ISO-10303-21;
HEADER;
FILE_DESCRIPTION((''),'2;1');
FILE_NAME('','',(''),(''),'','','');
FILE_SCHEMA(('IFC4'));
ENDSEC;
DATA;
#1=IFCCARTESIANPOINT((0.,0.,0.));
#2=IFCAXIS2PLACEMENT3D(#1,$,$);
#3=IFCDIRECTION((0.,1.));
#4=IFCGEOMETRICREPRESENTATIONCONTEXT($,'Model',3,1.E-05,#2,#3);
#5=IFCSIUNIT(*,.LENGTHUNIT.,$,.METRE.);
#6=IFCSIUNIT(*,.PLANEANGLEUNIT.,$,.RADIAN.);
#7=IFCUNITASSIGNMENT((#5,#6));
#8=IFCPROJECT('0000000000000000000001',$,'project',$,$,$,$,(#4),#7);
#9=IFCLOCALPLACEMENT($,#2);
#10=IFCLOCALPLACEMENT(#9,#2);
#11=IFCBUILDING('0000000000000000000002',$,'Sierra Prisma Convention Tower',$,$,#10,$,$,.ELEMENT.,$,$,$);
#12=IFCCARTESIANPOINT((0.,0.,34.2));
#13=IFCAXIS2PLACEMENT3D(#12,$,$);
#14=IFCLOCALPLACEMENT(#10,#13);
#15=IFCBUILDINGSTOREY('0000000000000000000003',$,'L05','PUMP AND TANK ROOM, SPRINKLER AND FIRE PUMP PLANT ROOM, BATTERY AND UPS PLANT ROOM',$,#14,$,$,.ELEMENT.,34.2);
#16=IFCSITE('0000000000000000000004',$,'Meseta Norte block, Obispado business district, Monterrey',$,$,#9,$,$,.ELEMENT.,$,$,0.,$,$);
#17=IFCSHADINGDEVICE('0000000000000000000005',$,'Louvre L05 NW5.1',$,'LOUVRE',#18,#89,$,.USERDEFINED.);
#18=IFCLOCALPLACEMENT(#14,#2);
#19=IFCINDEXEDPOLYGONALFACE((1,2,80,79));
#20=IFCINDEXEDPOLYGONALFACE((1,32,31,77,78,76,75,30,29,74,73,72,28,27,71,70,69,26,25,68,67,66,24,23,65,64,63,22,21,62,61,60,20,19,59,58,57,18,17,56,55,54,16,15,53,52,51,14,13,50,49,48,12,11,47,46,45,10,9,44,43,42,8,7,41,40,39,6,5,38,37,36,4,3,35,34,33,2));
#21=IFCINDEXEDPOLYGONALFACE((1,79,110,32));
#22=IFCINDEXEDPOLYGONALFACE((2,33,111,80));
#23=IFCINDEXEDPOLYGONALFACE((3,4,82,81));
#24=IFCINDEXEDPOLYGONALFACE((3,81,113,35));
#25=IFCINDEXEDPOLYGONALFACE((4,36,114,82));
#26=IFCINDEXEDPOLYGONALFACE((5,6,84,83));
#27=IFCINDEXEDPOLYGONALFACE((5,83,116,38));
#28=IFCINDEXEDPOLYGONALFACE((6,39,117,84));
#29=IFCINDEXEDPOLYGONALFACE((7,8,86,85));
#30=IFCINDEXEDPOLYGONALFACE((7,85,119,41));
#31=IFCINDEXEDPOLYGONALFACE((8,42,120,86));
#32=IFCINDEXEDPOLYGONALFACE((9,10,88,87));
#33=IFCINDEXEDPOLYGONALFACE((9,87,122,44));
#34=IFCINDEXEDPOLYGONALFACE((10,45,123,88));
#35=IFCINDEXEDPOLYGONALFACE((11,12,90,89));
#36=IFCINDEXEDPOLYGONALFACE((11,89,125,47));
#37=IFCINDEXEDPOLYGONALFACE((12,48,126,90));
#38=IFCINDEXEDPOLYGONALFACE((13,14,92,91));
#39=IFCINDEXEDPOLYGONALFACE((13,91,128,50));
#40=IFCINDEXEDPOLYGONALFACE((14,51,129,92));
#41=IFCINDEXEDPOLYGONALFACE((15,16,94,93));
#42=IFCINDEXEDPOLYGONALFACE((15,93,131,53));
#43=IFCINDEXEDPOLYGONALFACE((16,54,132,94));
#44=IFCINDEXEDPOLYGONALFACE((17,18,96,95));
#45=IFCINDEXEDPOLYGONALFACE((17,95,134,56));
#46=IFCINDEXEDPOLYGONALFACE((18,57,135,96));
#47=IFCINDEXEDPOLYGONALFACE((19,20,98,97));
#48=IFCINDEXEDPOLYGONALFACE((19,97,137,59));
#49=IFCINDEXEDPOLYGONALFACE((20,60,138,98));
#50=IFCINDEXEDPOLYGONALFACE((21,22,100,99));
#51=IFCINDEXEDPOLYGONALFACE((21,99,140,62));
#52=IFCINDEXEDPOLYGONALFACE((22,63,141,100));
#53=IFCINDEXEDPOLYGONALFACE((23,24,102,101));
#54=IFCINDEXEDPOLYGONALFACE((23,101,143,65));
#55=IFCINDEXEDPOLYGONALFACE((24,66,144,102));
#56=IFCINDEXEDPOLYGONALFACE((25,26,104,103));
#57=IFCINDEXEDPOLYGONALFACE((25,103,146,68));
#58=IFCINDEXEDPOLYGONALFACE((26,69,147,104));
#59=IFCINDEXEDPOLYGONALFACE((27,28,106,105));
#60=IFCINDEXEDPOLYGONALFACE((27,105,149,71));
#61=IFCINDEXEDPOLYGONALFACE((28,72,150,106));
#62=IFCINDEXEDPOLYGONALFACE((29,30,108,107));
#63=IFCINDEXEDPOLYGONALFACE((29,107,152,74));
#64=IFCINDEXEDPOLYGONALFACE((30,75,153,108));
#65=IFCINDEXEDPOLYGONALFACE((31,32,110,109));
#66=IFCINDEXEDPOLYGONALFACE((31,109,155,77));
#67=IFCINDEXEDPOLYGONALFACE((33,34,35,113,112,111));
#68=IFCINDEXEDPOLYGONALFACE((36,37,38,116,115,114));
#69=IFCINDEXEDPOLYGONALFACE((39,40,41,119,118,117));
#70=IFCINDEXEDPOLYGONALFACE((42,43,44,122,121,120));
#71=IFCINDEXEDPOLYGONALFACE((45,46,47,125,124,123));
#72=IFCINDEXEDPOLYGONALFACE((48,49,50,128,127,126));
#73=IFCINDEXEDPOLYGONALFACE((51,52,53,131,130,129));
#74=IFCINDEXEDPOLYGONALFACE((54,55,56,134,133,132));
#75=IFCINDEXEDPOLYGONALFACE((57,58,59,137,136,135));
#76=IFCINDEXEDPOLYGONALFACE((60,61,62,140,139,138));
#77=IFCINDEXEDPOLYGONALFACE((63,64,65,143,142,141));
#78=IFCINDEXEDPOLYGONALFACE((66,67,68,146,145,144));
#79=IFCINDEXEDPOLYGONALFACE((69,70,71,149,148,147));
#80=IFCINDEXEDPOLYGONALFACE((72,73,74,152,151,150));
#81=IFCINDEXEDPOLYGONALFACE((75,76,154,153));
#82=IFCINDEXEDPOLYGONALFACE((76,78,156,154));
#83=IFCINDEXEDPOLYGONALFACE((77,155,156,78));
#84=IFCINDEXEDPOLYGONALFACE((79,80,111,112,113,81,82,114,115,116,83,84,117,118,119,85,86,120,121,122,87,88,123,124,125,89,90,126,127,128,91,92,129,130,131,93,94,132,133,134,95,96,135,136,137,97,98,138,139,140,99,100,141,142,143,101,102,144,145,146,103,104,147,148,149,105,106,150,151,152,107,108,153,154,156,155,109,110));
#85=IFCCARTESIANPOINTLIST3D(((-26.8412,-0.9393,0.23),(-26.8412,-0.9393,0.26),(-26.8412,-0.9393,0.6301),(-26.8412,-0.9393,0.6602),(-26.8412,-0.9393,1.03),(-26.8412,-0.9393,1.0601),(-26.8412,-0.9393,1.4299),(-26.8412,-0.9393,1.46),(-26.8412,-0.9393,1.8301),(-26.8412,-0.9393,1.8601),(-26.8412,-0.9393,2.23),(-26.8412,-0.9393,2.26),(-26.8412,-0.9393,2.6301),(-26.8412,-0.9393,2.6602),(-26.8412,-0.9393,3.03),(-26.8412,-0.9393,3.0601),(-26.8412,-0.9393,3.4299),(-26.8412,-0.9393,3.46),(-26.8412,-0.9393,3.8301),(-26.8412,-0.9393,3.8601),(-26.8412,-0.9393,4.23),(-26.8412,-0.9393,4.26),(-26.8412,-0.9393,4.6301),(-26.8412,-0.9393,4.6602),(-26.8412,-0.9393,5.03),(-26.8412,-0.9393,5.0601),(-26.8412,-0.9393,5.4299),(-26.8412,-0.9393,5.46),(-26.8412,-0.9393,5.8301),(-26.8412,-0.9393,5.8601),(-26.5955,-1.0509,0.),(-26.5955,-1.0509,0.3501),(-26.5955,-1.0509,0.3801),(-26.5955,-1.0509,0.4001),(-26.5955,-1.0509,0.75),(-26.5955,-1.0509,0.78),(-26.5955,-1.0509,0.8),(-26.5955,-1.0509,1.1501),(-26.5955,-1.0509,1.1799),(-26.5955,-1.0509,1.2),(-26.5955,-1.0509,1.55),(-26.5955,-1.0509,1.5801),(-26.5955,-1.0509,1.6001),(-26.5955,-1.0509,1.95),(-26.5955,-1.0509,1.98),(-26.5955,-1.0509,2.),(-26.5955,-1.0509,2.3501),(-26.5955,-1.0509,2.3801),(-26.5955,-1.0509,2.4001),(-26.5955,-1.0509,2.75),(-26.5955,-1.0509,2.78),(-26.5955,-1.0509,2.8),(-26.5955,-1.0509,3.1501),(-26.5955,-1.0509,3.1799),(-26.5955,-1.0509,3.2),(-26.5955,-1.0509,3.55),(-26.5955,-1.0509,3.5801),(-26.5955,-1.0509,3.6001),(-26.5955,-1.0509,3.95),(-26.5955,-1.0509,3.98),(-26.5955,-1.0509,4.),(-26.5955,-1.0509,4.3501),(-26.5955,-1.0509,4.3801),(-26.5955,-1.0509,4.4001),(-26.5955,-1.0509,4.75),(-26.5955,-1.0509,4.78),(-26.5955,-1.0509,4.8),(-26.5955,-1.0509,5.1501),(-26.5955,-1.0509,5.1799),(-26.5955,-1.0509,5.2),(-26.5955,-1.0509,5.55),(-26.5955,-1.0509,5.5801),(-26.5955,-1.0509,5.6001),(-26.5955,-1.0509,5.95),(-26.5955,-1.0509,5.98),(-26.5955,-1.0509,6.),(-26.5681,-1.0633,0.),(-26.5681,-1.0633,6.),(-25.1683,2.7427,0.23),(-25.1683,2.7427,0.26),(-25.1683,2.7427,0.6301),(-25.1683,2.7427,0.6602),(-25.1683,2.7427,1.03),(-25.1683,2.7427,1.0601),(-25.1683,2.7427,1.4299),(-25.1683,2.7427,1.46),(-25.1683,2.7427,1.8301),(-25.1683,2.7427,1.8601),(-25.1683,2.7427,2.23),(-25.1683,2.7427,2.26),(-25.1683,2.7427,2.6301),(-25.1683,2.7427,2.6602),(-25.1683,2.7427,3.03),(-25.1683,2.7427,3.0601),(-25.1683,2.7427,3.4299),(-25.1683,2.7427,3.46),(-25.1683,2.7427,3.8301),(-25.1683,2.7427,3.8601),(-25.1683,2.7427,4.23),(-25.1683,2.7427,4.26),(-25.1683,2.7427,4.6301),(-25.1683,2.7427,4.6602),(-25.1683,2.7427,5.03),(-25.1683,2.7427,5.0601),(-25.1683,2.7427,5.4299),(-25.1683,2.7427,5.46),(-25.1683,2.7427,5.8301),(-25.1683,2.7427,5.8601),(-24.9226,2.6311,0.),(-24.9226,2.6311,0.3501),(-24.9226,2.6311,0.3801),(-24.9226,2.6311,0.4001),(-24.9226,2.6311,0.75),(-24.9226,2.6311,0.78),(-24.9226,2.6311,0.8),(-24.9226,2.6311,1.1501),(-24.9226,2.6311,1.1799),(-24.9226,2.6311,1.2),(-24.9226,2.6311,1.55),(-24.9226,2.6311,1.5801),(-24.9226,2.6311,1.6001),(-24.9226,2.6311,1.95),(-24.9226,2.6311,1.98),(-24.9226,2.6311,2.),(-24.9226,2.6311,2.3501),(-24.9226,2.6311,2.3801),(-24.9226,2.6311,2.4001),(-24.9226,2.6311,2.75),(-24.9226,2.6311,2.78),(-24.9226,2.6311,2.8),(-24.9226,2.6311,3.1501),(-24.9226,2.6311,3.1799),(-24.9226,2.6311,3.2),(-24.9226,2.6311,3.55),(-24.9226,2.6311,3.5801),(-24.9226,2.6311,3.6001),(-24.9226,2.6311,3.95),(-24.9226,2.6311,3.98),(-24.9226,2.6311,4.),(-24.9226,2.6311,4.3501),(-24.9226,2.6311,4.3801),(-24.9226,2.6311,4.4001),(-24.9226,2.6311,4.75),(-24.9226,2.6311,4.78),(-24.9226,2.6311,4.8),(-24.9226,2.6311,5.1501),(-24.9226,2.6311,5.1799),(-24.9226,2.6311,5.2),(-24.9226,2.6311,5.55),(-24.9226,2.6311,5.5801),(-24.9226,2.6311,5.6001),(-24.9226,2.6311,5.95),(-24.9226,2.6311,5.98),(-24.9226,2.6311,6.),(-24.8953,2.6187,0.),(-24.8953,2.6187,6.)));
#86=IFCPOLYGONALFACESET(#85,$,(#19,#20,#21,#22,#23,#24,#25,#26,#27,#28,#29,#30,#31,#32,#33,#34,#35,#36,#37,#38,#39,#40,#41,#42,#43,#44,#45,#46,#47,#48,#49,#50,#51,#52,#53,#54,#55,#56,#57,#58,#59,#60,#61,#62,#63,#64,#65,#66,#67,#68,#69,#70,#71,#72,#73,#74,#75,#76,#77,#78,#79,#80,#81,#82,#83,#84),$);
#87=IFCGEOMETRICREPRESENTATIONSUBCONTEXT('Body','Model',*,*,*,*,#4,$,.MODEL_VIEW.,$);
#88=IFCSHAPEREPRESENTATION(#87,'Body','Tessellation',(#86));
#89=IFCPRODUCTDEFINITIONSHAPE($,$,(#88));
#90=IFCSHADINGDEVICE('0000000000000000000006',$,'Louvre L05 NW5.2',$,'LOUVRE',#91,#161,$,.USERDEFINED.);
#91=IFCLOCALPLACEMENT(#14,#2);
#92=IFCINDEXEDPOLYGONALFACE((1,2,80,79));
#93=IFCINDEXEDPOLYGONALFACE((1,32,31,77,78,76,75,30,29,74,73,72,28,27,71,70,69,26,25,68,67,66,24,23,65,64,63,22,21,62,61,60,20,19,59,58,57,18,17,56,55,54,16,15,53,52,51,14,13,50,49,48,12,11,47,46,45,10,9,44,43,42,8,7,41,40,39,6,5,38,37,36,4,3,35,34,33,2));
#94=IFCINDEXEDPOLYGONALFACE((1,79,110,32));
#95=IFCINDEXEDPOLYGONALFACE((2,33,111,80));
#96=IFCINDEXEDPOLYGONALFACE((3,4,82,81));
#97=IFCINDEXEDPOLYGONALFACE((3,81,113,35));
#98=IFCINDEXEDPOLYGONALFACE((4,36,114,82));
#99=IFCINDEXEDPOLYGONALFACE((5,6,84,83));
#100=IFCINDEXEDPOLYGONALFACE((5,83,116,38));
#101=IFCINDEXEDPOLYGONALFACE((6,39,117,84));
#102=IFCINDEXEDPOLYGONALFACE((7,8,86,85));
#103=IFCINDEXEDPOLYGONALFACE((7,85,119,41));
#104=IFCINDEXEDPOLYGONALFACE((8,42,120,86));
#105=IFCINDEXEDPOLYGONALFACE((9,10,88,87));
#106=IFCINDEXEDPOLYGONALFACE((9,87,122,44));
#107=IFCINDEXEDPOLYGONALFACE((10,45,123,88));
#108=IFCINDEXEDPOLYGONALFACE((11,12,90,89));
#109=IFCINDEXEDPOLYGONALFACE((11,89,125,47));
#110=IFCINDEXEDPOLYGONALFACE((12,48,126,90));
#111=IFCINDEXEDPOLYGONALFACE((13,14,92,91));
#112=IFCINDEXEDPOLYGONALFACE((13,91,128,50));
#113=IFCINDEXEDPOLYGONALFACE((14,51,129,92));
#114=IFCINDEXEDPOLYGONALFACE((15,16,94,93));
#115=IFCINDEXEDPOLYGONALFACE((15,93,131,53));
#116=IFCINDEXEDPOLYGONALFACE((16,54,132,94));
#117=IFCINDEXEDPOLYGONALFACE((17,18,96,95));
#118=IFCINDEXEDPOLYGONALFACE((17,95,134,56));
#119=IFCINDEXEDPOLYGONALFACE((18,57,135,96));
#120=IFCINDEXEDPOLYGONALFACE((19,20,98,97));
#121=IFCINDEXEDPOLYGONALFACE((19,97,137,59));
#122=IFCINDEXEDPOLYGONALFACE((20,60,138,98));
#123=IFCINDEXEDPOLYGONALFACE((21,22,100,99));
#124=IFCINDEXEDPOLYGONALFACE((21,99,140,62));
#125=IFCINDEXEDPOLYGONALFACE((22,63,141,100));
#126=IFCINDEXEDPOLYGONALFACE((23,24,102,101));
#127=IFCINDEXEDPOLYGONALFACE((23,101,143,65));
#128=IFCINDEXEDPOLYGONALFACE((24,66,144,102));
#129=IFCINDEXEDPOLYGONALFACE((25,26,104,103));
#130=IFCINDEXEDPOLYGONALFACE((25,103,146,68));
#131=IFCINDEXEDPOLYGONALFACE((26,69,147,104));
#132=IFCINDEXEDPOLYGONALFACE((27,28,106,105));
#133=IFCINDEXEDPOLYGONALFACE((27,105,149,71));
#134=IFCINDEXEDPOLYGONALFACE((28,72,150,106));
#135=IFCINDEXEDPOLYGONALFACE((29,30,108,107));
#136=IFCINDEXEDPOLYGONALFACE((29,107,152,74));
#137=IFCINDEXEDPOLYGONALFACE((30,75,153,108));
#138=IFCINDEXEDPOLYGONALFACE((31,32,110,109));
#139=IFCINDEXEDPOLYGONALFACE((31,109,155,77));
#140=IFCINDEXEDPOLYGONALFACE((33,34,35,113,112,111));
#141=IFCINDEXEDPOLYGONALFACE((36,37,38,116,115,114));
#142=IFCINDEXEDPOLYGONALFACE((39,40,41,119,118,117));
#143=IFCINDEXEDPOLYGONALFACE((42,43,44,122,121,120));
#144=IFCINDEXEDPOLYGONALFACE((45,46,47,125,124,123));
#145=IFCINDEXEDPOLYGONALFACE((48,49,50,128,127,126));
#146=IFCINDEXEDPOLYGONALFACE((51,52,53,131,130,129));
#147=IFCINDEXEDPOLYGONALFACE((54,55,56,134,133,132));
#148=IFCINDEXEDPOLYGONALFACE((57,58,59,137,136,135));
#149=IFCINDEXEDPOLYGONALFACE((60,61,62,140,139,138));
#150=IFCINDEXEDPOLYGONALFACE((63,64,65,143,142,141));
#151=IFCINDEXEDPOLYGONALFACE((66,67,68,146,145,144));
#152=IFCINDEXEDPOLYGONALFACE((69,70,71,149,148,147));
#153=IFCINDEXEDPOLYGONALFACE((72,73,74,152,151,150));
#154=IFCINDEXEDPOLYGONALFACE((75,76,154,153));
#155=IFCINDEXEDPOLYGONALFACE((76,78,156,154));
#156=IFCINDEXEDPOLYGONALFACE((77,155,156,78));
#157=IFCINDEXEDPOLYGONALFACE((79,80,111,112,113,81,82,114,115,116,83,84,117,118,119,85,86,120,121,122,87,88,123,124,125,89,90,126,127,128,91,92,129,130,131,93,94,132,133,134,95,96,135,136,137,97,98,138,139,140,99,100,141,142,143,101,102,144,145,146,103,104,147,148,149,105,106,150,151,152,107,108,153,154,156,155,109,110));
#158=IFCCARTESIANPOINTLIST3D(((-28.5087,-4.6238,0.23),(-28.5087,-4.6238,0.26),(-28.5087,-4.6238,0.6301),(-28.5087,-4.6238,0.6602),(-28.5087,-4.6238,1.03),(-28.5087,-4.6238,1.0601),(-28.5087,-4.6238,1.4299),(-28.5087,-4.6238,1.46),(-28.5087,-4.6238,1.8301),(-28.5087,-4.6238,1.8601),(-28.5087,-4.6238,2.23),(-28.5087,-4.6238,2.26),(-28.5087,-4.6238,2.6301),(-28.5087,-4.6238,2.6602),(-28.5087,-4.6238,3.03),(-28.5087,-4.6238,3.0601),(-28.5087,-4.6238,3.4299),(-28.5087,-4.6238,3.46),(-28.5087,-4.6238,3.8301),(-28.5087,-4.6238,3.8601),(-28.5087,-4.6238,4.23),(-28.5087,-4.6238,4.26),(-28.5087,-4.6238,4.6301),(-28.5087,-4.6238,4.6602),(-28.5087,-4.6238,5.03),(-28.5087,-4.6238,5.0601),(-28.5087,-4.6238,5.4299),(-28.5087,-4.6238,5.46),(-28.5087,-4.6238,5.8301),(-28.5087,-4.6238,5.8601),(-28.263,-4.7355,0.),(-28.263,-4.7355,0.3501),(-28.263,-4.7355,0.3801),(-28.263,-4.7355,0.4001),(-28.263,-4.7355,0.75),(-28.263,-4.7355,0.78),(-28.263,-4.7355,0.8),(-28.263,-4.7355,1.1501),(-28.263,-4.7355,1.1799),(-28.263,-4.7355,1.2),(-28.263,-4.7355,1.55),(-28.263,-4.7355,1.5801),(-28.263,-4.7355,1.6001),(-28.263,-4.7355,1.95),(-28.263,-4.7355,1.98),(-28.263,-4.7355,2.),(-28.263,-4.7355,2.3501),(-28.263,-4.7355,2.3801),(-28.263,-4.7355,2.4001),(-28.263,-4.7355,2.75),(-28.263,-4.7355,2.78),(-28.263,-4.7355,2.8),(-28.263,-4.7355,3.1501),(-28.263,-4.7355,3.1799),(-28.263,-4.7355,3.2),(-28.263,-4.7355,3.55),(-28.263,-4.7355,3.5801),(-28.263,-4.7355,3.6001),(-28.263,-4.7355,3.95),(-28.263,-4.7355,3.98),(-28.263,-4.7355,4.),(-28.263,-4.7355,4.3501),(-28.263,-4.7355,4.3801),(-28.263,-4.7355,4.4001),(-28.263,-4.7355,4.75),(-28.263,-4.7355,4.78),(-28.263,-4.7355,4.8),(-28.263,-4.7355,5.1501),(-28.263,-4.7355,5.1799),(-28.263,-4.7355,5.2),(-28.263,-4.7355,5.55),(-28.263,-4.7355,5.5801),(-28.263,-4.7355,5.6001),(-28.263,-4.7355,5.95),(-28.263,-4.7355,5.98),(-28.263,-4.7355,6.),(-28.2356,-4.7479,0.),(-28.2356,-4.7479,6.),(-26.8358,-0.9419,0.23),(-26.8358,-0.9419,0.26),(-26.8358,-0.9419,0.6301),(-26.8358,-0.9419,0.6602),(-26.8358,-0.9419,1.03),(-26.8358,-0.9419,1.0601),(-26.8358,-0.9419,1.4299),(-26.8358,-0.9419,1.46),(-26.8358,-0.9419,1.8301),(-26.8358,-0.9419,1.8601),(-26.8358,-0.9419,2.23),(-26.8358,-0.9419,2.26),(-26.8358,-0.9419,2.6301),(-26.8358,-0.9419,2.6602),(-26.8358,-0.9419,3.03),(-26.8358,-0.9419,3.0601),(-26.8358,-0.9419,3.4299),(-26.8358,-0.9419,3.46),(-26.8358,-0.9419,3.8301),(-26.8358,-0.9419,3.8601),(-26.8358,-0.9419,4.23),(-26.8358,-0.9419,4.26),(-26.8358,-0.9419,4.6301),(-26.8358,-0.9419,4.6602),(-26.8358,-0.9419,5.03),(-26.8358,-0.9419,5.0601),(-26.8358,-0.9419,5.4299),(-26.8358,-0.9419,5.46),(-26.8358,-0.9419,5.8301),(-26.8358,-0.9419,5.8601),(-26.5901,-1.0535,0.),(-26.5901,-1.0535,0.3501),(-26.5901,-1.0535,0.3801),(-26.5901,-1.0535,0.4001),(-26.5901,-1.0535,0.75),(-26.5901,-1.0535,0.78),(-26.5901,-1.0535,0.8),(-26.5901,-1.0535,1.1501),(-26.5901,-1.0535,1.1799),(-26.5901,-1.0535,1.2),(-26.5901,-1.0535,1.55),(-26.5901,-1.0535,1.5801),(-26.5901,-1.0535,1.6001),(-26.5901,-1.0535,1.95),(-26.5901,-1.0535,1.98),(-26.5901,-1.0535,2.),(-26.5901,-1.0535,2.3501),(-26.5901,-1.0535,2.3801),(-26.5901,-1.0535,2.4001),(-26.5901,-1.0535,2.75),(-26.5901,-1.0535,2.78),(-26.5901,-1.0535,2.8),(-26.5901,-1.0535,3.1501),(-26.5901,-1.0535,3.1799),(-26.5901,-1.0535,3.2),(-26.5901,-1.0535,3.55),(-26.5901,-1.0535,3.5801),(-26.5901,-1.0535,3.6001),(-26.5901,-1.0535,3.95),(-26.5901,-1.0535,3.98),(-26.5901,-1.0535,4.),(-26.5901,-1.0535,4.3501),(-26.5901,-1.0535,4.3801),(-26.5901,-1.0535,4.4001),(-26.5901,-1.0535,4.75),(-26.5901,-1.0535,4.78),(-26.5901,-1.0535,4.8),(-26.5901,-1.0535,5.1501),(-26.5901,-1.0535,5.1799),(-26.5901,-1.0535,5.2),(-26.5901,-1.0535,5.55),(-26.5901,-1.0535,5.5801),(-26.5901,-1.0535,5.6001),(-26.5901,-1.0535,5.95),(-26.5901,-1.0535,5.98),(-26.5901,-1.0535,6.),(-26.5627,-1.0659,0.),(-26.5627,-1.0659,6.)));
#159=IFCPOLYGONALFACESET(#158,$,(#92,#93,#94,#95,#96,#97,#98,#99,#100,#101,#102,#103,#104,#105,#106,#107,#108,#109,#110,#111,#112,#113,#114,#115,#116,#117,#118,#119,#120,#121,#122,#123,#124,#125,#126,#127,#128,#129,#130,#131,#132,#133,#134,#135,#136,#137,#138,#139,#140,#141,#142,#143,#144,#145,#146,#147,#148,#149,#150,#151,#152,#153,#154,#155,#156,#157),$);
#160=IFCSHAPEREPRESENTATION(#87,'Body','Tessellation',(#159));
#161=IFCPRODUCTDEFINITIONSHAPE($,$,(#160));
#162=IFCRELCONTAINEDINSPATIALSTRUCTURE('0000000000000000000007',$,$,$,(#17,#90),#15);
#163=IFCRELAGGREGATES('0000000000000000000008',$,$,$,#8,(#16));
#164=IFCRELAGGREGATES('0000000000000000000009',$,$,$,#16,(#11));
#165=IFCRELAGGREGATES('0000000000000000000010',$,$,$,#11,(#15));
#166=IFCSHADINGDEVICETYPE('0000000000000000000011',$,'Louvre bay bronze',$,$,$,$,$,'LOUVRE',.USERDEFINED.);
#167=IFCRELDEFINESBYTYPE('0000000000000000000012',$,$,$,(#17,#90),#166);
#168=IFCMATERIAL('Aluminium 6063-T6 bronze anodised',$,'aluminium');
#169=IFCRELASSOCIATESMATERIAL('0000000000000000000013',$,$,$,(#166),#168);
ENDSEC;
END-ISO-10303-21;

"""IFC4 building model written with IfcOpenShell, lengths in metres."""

from ifc_helpers import new_model, si_unit, direction, frame, origin, place, context, subcontext, project, spatial, polyline, outline, extrude, material, type_object, element, save


model = new_model("IFC4")

# Units and contexts
model_context = context("Model", 3, precision=1e-05, world=origin(), true_north=direction((0.0, 1.0)))
body_context = subcontext(model_context, "Body", "Model", "MODEL_VIEW")
ifc_project = project(units=[si_unit("LENGTHUNIT", "METRE"), si_unit("PLANEANGLEUNIT", "RADIAN")], contexts=[model_context])

# Site, building, storey
site_placement = place(None, origin())
site = spatial("IfcSite", under=ifc_project, at=site_placement, Name="Meseta Norte block, Obispado business district, Monterrey", CompositionType="ELEMENT", RefElevation=0.0)
building_placement = place(site_placement, origin())
building = spatial("IfcBuilding", under=site, at=building_placement, Name="Sierra Prisma Convention Tower", CompositionType="ELEMENT")
storey_placement = place(building_placement, frame((0.0, 0.0, 34.2)))
storey = spatial("IfcBuildingStorey", under=building, at=storey_placement, Name="L05", Description="PUMP AND TANK ROOM, SPRINKLER AND FIRE PUMP PLANT ROOM, BATTERY AND UPS PLANT ROOM", CompositionType="ELEMENT", Elevation=34.2)

# Shading devices
ifc_material_1 = material(Name="Aluminium 6063-T6 bronze anodised", Category="aluminium")
shading_device_type = type_object("IfcShadingDeviceType", Name="Louvre bay bronze", ElementType="LOUVRE", PredefinedType="USERDEFINED", material=ifc_material_1)
shading_device_1_placement = place(storey_placement, frame((-24.8953, 2.6187, 0.0), z_axis=(0.413647, 0.910437, 0.0), x_axis=(0.0, 0.0, 1.0)))
element("IfcShadingDevice", 1, at=shading_device_1_placement, inside=storey, type_object=shading_device_type, Name="Louvre L05 NW5.1", ObjectType="LOUVRE", PredefinedType="USERDEFINED", context=body_context, shape_type="SweptSolid", body=[
    extrude(outline(polyline([(0.0, 0.0), (6.0, 0.0), (6.0, -0.03), (5.98, -0.03), (5.8601, -0.2999), (5.8301, -0.2999), (5.95, -0.03), (5.6001, -0.03), (5.5801, -0.03), (5.46, -0.2999), (5.4299, -0.2999), (5.55, -0.03), (5.2, -0.03), (5.1799, -0.03), (5.0601, -0.2999), (5.03, -0.2999), (5.1501, -0.03), (4.8, -0.03), (4.78, -0.03), (4.6602, -0.2999), (4.6301, -0.2999), (4.75, -0.03), (4.4001, -0.03), (4.3801, -0.03), (4.26, -0.2999), (4.23, -0.2999), (4.3501, -0.03), (4.0, -0.03), (3.98, -0.03), (3.8601, -0.2999), (3.8301, -0.2999), (3.95, -0.03), (3.6001, -0.03), (3.5801, -0.03), (3.46, -0.2999), (3.4299, -0.2999), (3.55, -0.03), (3.2, -0.03), (3.1799, -0.03), (3.0601, -0.2999), (3.03, -0.2999), (3.1501, -0.03), (2.8, -0.03), (2.78, -0.03), (2.6602, -0.2999), (2.6301, -0.2999), (2.75, -0.03), (2.4001, -0.03), (2.3801, -0.03), (2.26, -0.2999), (2.23, -0.2999), (2.3501, -0.03), (2.0, -0.03), (1.98, -0.03), (1.8601, -0.2999), (1.8301, -0.2999), (1.95, -0.03), (1.6001, -0.03), (1.5801, -0.03), (1.46, -0.2999), (1.4299, -0.2999), (1.55, -0.03), (1.2, -0.03), (1.1799, -0.03), (1.0601, -0.2999), (1.03, -0.2999), (1.1501, -0.03), (0.8, -0.03), (0.78, -0.03), (0.6602, -0.2999), (0.6301, -0.2999), (0.75, -0.03), (0.4001, -0.03), (0.3801, -0.03), (0.26, -0.2999), (0.23, -0.2999), (0.3501, -0.03), (0.0, -0.03), (0.0, 0.0)])), origin(), (0.0, 0.0, -1.0), 4.0442),
])
shading_device_2_placement = place(storey_placement, frame((-26.5627, -1.0659, 0.0), z_axis=(0.413647, 0.910437, 0.0), x_axis=(0.0, 0.0, 1.0)))
element("IfcShadingDevice", 2, at=shading_device_2_placement, inside=storey, type_object=shading_device_type, Name="Louvre L05 NW5.2", ObjectType="LOUVRE", PredefinedType="USERDEFINED", context=body_context, shape_type="SweptSolid", body=[
    extrude(outline(polyline([(0.0, 0.0), (6.0, 0.0), (6.0, -0.03), (5.98, -0.03), (5.8601, -0.2999), (5.8301, -0.2999), (5.95, -0.03), (5.6001, -0.03), (5.5801, -0.03), (5.46, -0.2999), (5.4299, -0.2999), (5.55, -0.03), (5.2, -0.03), (5.1799, -0.03), (5.0601, -0.2999), (5.03, -0.2999), (5.1501, -0.03), (4.8, -0.03), (4.78, -0.03), (4.6602, -0.2999), (4.6301, -0.2999), (4.75, -0.03), (4.4001, -0.03), (4.3801, -0.03), (4.26, -0.2999), (4.23, -0.2999), (4.3501, -0.03), (4.0, -0.03), (3.98, -0.03), (3.8601, -0.2999), (3.8301, -0.2999), (3.95, -0.03), (3.6001, -0.03), (3.5801, -0.03), (3.46, -0.2999), (3.4299, -0.2999), (3.55, -0.03), (3.2, -0.03), (3.1799, -0.03), (3.0601, -0.2999), (3.03, -0.2999), (3.1501, -0.03), (2.8, -0.03), (2.78, -0.03), (2.6602, -0.2999), (2.6301, -0.2999), (2.75, -0.03), (2.4001, -0.03), (2.3801, -0.03), (2.26, -0.2999), (2.23, -0.2999), (2.3501, -0.03), (2.0, -0.03), (1.98, -0.03), (1.8601, -0.2999), (1.8301, -0.2999), (1.95, -0.03), (1.6001, -0.03), (1.5801, -0.03), (1.46, -0.2999), (1.4299, -0.2999), (1.55, -0.03), (1.2, -0.03), (1.1799, -0.03), (1.0601, -0.2999), (1.03, -0.2999), (1.1501, -0.03), (0.8, -0.03), (0.78, -0.03), (0.6602, -0.2999), (0.6301, -0.2999), (0.75, -0.03), (0.4001, -0.03), (0.3801, -0.03), (0.26, -0.2999), (0.23, -0.2999), (0.3501, -0.03), (0.0, -0.03), (0.0, 0.0)])), origin(), (0.0, 0.0, -1.0), 4.0442),
])

save(model, "model.ifc")
